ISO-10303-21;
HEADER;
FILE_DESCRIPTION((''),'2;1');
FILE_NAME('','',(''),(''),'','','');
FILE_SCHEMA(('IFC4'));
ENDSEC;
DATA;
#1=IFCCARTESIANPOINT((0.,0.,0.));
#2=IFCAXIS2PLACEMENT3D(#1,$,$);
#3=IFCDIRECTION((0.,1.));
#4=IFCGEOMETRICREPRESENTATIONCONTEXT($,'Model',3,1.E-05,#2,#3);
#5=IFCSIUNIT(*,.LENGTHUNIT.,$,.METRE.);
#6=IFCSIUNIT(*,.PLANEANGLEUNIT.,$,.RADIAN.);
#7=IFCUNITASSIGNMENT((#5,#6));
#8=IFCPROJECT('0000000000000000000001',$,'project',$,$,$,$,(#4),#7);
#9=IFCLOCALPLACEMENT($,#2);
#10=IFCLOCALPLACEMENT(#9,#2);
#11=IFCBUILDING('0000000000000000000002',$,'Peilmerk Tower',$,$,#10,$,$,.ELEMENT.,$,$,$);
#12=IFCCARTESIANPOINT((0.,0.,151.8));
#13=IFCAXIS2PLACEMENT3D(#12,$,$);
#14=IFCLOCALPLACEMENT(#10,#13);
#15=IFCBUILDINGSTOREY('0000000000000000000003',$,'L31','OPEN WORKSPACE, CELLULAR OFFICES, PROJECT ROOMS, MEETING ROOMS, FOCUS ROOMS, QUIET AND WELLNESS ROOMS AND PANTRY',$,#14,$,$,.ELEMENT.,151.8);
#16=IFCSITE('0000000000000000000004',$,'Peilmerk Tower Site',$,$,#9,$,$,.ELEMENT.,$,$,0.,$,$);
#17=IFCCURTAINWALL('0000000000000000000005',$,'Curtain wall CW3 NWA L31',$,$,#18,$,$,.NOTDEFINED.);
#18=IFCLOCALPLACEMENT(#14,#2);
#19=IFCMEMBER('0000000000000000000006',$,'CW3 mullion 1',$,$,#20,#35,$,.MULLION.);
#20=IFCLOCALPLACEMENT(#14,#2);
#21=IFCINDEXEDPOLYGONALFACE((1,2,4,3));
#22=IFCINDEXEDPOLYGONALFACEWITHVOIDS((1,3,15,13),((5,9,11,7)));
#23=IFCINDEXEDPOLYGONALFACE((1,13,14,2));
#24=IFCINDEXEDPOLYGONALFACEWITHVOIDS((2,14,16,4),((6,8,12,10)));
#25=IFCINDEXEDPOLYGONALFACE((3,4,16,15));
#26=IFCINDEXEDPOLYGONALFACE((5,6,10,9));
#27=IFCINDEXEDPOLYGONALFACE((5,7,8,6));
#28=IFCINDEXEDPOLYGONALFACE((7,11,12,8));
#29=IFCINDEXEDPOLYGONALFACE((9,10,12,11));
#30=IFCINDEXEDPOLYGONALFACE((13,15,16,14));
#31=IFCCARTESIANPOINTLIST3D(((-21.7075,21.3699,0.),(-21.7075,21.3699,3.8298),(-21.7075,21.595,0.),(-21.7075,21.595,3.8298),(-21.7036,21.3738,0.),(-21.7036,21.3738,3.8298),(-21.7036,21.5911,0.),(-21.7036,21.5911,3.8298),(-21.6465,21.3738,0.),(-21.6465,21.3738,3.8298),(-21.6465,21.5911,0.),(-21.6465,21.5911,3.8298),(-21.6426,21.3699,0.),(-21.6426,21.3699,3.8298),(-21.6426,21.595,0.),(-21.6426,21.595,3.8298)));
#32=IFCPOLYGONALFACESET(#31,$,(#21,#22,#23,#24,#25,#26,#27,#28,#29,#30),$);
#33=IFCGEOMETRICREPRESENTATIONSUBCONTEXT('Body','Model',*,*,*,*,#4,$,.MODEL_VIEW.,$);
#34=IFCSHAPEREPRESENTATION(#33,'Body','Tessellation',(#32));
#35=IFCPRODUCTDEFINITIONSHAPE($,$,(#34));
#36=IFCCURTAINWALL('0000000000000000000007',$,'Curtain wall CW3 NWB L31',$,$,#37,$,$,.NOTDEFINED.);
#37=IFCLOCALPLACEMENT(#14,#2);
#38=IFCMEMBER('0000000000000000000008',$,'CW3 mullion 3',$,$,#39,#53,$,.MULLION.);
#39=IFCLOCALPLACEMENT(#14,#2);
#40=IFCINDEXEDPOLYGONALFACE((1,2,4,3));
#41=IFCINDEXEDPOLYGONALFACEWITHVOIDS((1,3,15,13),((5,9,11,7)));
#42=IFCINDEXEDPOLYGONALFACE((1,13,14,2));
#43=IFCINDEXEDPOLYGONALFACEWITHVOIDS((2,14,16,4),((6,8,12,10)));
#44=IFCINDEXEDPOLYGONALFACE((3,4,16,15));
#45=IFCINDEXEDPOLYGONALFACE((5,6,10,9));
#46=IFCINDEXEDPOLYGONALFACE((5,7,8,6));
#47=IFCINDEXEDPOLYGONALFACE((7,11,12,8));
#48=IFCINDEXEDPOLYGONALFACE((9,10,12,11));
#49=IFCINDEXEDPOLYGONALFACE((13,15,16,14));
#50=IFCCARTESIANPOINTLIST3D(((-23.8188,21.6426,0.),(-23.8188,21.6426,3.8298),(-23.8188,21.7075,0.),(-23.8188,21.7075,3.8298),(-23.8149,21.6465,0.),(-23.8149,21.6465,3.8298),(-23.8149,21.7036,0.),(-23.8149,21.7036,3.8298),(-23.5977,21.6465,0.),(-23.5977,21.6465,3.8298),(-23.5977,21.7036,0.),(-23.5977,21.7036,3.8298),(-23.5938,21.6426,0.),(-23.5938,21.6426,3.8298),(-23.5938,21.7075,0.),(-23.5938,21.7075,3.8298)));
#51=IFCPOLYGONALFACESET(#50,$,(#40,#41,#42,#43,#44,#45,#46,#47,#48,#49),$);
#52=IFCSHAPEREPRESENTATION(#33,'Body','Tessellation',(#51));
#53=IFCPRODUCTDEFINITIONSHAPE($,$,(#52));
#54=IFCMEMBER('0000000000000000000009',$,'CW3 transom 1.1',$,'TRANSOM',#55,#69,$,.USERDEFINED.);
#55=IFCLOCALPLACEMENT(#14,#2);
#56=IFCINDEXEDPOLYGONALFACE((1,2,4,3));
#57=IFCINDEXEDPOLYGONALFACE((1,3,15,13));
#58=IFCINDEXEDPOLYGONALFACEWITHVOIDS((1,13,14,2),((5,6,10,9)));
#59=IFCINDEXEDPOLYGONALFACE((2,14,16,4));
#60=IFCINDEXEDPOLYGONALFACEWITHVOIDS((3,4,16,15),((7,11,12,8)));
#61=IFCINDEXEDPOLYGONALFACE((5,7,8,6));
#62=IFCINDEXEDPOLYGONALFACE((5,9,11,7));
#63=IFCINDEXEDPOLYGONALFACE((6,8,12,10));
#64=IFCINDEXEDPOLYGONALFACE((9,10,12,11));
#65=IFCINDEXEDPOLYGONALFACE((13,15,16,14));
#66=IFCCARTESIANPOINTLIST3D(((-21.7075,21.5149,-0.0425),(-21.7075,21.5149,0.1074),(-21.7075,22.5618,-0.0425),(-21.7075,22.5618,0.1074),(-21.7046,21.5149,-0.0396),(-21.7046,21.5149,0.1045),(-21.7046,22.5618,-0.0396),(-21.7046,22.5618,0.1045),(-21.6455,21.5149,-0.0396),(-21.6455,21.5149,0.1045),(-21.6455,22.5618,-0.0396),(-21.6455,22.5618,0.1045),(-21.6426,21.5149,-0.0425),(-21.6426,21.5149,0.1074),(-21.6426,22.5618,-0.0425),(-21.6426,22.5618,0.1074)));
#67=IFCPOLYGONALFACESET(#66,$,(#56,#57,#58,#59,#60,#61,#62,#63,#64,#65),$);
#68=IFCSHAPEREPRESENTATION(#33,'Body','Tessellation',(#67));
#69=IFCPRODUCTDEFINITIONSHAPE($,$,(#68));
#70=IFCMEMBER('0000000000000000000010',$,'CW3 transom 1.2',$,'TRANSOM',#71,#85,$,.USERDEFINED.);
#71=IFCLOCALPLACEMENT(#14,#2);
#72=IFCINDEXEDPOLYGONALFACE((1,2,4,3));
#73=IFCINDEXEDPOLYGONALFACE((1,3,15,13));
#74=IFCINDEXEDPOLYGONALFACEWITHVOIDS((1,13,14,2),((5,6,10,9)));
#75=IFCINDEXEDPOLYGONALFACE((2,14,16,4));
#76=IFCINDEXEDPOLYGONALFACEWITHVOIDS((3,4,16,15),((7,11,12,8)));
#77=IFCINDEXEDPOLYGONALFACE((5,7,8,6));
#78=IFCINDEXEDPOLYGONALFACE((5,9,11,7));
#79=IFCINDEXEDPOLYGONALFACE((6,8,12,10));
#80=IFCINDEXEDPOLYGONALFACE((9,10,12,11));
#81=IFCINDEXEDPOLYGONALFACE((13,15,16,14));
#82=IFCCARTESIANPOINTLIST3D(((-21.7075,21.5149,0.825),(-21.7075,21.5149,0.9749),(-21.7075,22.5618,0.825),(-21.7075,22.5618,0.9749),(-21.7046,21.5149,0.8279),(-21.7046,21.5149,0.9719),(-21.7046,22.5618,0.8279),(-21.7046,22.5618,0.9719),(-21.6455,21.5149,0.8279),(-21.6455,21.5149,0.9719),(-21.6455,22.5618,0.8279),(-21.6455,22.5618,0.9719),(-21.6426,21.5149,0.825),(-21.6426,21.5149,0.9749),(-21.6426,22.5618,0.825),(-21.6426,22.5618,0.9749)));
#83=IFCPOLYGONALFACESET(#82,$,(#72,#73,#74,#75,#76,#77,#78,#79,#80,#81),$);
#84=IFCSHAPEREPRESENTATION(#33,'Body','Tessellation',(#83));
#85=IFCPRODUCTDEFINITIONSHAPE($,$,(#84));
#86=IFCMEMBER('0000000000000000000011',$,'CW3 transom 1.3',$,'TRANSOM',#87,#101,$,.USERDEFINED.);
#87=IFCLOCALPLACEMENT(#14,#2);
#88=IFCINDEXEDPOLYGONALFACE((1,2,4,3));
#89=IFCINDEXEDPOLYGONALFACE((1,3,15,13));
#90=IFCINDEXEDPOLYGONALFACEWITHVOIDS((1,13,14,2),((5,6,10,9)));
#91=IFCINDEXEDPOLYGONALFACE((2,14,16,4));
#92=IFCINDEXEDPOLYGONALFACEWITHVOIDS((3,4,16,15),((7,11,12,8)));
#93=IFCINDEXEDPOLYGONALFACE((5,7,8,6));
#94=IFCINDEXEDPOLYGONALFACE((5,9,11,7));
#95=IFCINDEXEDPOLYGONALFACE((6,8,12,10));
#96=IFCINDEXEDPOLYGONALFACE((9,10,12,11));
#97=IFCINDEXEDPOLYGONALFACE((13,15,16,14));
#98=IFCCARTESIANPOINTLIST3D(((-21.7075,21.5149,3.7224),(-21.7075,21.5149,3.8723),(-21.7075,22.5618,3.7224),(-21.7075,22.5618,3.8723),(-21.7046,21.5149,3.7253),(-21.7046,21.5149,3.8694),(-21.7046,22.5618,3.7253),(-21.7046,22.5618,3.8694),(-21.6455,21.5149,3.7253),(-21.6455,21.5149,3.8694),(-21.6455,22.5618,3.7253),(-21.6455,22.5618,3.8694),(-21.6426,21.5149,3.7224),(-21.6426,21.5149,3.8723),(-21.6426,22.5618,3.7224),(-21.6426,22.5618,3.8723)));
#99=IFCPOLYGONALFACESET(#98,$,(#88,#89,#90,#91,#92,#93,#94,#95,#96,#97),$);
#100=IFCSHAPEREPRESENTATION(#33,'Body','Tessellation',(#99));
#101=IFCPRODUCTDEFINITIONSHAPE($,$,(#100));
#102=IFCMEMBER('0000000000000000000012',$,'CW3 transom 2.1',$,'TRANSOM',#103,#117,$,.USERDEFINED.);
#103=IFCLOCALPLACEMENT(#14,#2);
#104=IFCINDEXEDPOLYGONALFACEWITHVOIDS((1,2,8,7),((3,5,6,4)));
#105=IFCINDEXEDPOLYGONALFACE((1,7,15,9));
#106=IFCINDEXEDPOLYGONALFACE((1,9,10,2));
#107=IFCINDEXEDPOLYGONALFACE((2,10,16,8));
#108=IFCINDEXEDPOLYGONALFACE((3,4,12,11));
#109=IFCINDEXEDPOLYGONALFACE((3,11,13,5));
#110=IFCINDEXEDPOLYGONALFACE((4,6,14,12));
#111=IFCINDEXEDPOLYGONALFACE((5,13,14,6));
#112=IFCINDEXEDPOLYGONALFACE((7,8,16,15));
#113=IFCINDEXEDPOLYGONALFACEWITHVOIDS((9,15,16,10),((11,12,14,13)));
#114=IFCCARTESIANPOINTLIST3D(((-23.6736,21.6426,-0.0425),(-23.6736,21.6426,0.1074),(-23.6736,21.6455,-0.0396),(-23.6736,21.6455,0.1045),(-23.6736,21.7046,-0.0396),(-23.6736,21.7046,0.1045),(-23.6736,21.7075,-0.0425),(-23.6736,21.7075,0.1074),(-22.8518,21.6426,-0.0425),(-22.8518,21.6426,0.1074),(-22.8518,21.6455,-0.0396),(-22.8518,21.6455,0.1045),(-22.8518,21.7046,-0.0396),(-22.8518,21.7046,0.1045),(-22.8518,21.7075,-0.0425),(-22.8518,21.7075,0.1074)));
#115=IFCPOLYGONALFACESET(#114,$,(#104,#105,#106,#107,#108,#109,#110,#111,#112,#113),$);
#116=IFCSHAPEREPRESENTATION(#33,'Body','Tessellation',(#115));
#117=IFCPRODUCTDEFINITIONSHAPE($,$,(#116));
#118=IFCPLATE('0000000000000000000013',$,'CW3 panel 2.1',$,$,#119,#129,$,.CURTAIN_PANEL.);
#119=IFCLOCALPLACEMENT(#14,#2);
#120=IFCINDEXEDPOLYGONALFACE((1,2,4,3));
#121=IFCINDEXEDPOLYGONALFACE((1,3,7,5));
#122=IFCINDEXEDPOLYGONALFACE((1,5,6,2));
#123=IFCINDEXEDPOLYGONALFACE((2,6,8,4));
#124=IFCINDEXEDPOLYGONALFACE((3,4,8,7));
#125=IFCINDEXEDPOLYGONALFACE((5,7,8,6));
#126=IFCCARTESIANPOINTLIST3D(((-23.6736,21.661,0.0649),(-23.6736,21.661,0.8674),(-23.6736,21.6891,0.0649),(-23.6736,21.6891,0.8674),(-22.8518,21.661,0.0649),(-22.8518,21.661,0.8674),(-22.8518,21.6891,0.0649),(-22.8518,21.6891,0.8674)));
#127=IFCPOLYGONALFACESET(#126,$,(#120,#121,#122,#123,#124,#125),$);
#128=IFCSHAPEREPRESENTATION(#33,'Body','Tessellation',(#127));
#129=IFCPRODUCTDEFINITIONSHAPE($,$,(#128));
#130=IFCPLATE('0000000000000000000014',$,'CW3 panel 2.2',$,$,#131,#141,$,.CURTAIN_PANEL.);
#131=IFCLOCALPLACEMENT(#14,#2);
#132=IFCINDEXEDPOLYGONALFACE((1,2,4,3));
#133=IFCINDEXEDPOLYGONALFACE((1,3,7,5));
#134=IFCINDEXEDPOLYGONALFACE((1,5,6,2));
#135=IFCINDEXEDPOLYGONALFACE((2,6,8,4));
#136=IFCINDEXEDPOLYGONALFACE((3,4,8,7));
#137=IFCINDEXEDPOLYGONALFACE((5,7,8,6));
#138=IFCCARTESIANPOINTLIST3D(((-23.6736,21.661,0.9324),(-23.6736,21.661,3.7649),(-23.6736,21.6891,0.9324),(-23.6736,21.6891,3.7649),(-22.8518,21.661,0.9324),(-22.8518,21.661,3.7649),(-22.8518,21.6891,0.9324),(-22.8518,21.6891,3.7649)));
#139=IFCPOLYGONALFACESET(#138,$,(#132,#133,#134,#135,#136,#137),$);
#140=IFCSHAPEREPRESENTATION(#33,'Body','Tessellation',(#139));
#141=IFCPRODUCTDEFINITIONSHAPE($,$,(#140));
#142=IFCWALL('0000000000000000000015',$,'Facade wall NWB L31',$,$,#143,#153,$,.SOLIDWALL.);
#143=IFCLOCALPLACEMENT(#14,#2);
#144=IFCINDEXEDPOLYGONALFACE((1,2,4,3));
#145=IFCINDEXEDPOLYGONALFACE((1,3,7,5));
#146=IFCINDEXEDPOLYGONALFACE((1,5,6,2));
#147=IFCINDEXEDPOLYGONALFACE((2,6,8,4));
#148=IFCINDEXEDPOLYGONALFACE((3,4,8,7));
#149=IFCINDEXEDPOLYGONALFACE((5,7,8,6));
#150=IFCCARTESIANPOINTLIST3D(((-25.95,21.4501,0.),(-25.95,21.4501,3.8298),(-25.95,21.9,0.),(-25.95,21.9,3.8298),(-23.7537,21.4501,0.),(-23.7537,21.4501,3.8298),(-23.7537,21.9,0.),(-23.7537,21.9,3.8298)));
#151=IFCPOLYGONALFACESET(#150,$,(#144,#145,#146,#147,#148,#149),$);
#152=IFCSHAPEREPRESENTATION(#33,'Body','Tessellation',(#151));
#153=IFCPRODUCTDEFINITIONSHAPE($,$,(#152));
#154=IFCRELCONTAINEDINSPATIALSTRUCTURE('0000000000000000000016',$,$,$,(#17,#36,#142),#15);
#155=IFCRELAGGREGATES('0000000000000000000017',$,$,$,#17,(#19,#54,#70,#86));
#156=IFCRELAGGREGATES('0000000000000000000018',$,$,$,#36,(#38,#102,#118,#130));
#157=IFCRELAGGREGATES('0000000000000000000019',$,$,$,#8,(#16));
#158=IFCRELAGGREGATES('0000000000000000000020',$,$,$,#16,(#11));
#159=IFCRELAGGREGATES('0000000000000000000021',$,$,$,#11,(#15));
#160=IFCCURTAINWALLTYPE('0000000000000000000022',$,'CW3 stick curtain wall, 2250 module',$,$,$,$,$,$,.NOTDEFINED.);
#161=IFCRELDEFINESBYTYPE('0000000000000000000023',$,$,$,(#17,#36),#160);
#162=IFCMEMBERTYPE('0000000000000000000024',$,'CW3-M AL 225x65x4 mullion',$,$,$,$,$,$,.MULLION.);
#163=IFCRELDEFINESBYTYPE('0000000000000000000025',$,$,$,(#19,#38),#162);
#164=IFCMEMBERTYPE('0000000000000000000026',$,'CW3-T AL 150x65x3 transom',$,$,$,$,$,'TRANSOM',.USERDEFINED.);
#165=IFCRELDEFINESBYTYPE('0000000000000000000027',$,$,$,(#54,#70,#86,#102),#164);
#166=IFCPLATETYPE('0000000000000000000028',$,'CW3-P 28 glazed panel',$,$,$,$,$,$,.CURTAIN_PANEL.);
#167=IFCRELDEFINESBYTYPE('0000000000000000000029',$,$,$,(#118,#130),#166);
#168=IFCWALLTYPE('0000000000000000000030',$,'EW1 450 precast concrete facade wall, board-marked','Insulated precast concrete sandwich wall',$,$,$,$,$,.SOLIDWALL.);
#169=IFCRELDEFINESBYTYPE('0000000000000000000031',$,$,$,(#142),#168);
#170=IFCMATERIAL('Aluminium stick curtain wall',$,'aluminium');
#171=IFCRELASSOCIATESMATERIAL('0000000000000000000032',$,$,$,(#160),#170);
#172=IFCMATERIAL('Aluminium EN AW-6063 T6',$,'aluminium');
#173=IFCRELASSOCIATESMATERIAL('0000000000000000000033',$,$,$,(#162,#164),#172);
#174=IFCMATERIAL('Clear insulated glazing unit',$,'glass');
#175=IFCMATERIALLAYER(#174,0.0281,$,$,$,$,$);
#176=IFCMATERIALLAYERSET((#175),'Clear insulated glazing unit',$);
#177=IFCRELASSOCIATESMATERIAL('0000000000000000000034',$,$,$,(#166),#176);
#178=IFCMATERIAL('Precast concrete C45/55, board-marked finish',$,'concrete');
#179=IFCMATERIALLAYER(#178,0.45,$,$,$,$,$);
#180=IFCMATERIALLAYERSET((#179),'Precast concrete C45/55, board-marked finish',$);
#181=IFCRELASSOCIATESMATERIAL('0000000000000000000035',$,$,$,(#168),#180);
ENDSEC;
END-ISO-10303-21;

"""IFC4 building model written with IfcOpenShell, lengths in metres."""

from ifc_helpers import new_model, si_unit, direction, frame, frame_2d, origin, origin_2d, place, context, subcontext, project, spatial, rectangle, hollow_rectangle, extrude, material, layer, layer_set, material_profile, profile_set, type_object, element, aggregate, save


model = new_model("IFC4")

# Units and contexts
model_context = context("Model", 3, precision=1e-05, world=origin(), true_north=direction((0.0, 1.0)))
body_context = subcontext(model_context, "Body", "Model", "MODEL_VIEW")
ifc_project = project(units=[si_unit("LENGTHUNIT", "METRE"), si_unit("PLANEANGLEUNIT", "RADIAN")], contexts=[model_context])

# Site, building, storey
site_placement = place(None, origin())
site = spatial("IfcSite", under=ifc_project, at=site_placement, Name="Peilmerk Tower Site", CompositionType="ELEMENT", RefElevation=0.0)
building_placement = place(site_placement, origin())
building = spatial("IfcBuilding", under=site, at=building_placement, Name="Peilmerk Tower", CompositionType="ELEMENT")
storey_placement = place(building_placement, frame((0.0, 0.0, 151.8)))
storey = spatial("IfcBuildingStorey", under=building, at=storey_placement, Name="L31", Description="OPEN WORKSPACE, CELLULAR OFFICES, PROJECT ROOMS, MEETING ROOMS, FOCUS ROOMS, QUIET AND WELLNESS ROOMS AND PANTRY", CompositionType="ELEMENT", Elevation=151.8)

# Curtain walls, members
ifc_material_1 = material(Name="Aluminium stick curtain wall", Category="aluminium")
curtain_wall_type = type_object("IfcCurtainWallType", Name="CW3 stick curtain wall, 2250 module", PredefinedType="NOTDEFINED", material=ifc_material_1)
curtain_wall_1_placement = place(storey_placement, origin())
curtain_wall_1 = element("IfcCurtainWall", 1, at=curtain_wall_1_placement, inside=storey, type_object=curtain_wall_type, Name="Curtain wall CW3 NWA L31", PredefinedType="NOTDEFINED")
ifc_material_2 = material(Name="Aluminium EN AW-6063 T6", Category="aluminium")
ifc_material_profile_1 = material_profile(ifc_material_2, hollow_rectangle(XDim=0.0649, YDim=0.2251, WallThickness=0.0039, at=origin_2d()), Name="AL 225x65x4")
ifc_profile_set_1 = profile_set([ifc_material_profile_1], Name="Aluminium EN AW-6063 T6")
member_type_1 = type_object("IfcMemberType", Name="CW3-M AL 225x65x4 mullion", PredefinedType="MULLION", material=ifc_profile_set_1)
member_1_placement = place(storey_placement, frame((-21.675, 21.4824, 0.0), z_axis=(0.0, 0.0, 1.0), x_axis=(-1.0, 0.0, 0.0)))
member_1 = element("IfcMember", 2, at=member_1_placement, type_object=member_type_1, Name="CW3 mullion 1", PredefinedType="MULLION", context=body_context, shape_type="SweptSolid", body=[
    extrude(hollow_rectangle(XDim=0.0649, YDim=0.2251, WallThickness=0.0039, at=origin_2d()), origin(), (0.0, 0.0, 1.0), 3.8298),
])
curtain_wall_2_placement = place(storey_placement, origin())
curtain_wall_2 = element("IfcCurtainWall", 3, at=curtain_wall_2_placement, inside=storey, type_object=curtain_wall_type, Name="Curtain wall CW3 NWB L31", PredefinedType="NOTDEFINED")
member_2_placement = place(storey_placement, frame((-23.7063, 21.675, 0.0), z_axis=(0.0, 0.0, 1.0), x_axis=(0.0, -1.0, 0.0)))
member_2 = element("IfcMember", 4, at=member_2_placement, type_object=member_type_1, Name="CW3 mullion 3", PredefinedType="MULLION", context=body_context, shape_type="SweptSolid", body=[
    extrude(hollow_rectangle(XDim=0.0649, YDim=0.2251, WallThickness=0.0039, at=origin_2d()), origin(), (0.0, 0.0, 1.0), 3.8298),
])

# Members
ifc_material_profile_2 = material_profile(ifc_material_2, hollow_rectangle(XDim=0.0649, YDim=0.1499, WallThickness=0.0029, at=origin_2d()), Name="AL 150x65x3")
ifc_profile_set_2 = profile_set([ifc_material_profile_2], Name="Aluminium EN AW-6063 T6")
member_type_2 = type_object("IfcMemberType", Name="CW3-T AL 150x65x3 transom", ElementType="TRANSOM", PredefinedType="USERDEFINED", material=ifc_profile_set_2)
member_3_placement = place(storey_placement, frame((-21.675, 21.5149, 0.0325), z_axis=(0.0, 1.0, 0.0), x_axis=(-1.0, 0.0, 0.0)))
member_3 = element("IfcMember", 5, at=member_3_placement, type_object=member_type_2, Name="CW3 transom 1.1", ObjectType="TRANSOM", PredefinedType="USERDEFINED", context=body_context, shape_type="SweptSolid", body=[
    extrude(hollow_rectangle(XDim=0.0649, YDim=0.1499, WallThickness=0.0029, at=origin_2d()), origin(), (0.0, 0.0, 1.0), 1.0469),
])
member_4_placement = place(storey_placement, frame((-21.675, 21.5149, 0.8999), z_axis=(0.0, 1.0, 0.0), x_axis=(-1.0, 0.0, 0.0)))
member_4 = element("IfcMember", 6, at=member_4_placement, type_object=member_type_2, Name="CW3 transom 1.2", ObjectType="TRANSOM", PredefinedType="USERDEFINED", context=body_context, shape_type="SweptSolid", body=[
    extrude(hollow_rectangle(XDim=0.0649, YDim=0.1499, WallThickness=0.0029, at=origin_2d()), origin(), (0.0, 0.0, 1.0), 1.0469),
])
member_5_placement = place(storey_placement, frame((-21.675, 21.5149, 3.7974), z_axis=(0.0, 1.0, 0.0), x_axis=(-1.0, 0.0, 0.0)))
member_5 = element("IfcMember", 7, at=member_5_placement, type_object=member_type_2, Name="CW3 transom 1.3", ObjectType="TRANSOM", PredefinedType="USERDEFINED", context=body_context, shape_type="SweptSolid", body=[
    extrude(hollow_rectangle(XDim=0.0649, YDim=0.1499, WallThickness=0.0029, at=origin_2d()), origin(), (0.0, 0.0, 1.0), 1.0469),
])
aggregate(curtain_wall_1, [member_1, member_3, member_4, member_5])
member_6_placement = place(storey_placement, frame((-22.8518, 21.675, 0.0325), z_axis=(-1.0, 0.0, 0.0), x_axis=(0.0, -1.0, 0.0)))
member_6 = element("IfcMember", 8, at=member_6_placement, type_object=member_type_2, Name="CW3 transom 2.1", ObjectType="TRANSOM", PredefinedType="USERDEFINED", context=body_context, shape_type="SweptSolid", body=[
    extrude(hollow_rectangle(XDim=0.0649, YDim=0.1499, WallThickness=0.0029, at=origin_2d()), origin(), (0.0, 0.0, 1.0), 0.8218),
])

# Plates
ifc_material_3 = material(Name="Clear insulated glazing unit", Category="glass")
ifc_layer_1 = layer(ifc_material_3, 0.0281)
ifc_layer_set_1 = layer_set([ifc_layer_1], Name="Clear insulated glazing unit")
plate_type = type_object("IfcPlateType", Name="CW3-P 28 glazed panel", PredefinedType="CURTAIN_PANEL", material=ifc_layer_set_1)
plate_1_placement = place(storey_placement, frame((-23.2627, 21.675, 0.0649), z_axis=(0.0, 0.0, 1.0), x_axis=(-1.0, 0.0, 0.0)))
plate_1 = element("IfcPlate", 9, at=plate_1_placement, type_object=plate_type, Name="CW3 panel 2.1", PredefinedType="CURTAIN_PANEL", context=body_context, shape_type="SweptSolid", body=[
    extrude(rectangle(XDim=0.8218, YDim=0.0281, at=origin_2d()), origin(), (0.0, 0.0, 1.0), 0.8025),
])
plate_2_placement = place(storey_placement, frame((-23.2627, 21.675, 0.9324), z_axis=(0.0, 0.0, 1.0), x_axis=(-1.0, 0.0, 0.0)))
plate_2 = element("IfcPlate", 10, at=plate_2_placement, type_object=plate_type, Name="CW3 panel 2.2", PredefinedType="CURTAIN_PANEL", context=body_context, shape_type="SweptSolid", body=[
    extrude(rectangle(XDim=0.8218, YDim=0.0281, at=origin_2d()), origin(), (0.0, 0.0, 1.0), 2.8325),
])
aggregate(curtain_wall_2, [member_2, member_6, plate_1, plate_2])

# Wall
ifc_material_4 = material(Name="Precast concrete C45/55, board-marked finish", Category="concrete")
ifc_layer_2 = layer(ifc_material_4, 0.45)
ifc_layer_set_2 = layer_set([ifc_layer_2], Name="Precast concrete C45/55, board-marked finish")
wall_type_1 = type_object("IfcWallType", Name="EW1 450 precast concrete facade wall, board-marked", Description="Insulated precast concrete sandwich wall", PredefinedType="SOLIDWALL", material=ifc_layer_set_2)
wall_1_placement = place(storey_placement, frame((-23.7537, 21.675, 0.0), z_axis=(0.0, 0.0, 1.0), x_axis=(-1.0, 0.0, 0.0)))
element("IfcWall", 11, at=wall_1_placement, inside=storey, type_object=wall_type_1, Name="Facade wall NWB L31", PredefinedType="SOLIDWALL", context=body_context, shape_type="SweptSolid", body=[
    extrude(rectangle(XDim=2.1963, YDim=0.45, at=frame_2d((1.0981, 0.0))), origin(), (0.0, 0.0, 1.0), 3.8298),
])

save(model, "model.ifc")
